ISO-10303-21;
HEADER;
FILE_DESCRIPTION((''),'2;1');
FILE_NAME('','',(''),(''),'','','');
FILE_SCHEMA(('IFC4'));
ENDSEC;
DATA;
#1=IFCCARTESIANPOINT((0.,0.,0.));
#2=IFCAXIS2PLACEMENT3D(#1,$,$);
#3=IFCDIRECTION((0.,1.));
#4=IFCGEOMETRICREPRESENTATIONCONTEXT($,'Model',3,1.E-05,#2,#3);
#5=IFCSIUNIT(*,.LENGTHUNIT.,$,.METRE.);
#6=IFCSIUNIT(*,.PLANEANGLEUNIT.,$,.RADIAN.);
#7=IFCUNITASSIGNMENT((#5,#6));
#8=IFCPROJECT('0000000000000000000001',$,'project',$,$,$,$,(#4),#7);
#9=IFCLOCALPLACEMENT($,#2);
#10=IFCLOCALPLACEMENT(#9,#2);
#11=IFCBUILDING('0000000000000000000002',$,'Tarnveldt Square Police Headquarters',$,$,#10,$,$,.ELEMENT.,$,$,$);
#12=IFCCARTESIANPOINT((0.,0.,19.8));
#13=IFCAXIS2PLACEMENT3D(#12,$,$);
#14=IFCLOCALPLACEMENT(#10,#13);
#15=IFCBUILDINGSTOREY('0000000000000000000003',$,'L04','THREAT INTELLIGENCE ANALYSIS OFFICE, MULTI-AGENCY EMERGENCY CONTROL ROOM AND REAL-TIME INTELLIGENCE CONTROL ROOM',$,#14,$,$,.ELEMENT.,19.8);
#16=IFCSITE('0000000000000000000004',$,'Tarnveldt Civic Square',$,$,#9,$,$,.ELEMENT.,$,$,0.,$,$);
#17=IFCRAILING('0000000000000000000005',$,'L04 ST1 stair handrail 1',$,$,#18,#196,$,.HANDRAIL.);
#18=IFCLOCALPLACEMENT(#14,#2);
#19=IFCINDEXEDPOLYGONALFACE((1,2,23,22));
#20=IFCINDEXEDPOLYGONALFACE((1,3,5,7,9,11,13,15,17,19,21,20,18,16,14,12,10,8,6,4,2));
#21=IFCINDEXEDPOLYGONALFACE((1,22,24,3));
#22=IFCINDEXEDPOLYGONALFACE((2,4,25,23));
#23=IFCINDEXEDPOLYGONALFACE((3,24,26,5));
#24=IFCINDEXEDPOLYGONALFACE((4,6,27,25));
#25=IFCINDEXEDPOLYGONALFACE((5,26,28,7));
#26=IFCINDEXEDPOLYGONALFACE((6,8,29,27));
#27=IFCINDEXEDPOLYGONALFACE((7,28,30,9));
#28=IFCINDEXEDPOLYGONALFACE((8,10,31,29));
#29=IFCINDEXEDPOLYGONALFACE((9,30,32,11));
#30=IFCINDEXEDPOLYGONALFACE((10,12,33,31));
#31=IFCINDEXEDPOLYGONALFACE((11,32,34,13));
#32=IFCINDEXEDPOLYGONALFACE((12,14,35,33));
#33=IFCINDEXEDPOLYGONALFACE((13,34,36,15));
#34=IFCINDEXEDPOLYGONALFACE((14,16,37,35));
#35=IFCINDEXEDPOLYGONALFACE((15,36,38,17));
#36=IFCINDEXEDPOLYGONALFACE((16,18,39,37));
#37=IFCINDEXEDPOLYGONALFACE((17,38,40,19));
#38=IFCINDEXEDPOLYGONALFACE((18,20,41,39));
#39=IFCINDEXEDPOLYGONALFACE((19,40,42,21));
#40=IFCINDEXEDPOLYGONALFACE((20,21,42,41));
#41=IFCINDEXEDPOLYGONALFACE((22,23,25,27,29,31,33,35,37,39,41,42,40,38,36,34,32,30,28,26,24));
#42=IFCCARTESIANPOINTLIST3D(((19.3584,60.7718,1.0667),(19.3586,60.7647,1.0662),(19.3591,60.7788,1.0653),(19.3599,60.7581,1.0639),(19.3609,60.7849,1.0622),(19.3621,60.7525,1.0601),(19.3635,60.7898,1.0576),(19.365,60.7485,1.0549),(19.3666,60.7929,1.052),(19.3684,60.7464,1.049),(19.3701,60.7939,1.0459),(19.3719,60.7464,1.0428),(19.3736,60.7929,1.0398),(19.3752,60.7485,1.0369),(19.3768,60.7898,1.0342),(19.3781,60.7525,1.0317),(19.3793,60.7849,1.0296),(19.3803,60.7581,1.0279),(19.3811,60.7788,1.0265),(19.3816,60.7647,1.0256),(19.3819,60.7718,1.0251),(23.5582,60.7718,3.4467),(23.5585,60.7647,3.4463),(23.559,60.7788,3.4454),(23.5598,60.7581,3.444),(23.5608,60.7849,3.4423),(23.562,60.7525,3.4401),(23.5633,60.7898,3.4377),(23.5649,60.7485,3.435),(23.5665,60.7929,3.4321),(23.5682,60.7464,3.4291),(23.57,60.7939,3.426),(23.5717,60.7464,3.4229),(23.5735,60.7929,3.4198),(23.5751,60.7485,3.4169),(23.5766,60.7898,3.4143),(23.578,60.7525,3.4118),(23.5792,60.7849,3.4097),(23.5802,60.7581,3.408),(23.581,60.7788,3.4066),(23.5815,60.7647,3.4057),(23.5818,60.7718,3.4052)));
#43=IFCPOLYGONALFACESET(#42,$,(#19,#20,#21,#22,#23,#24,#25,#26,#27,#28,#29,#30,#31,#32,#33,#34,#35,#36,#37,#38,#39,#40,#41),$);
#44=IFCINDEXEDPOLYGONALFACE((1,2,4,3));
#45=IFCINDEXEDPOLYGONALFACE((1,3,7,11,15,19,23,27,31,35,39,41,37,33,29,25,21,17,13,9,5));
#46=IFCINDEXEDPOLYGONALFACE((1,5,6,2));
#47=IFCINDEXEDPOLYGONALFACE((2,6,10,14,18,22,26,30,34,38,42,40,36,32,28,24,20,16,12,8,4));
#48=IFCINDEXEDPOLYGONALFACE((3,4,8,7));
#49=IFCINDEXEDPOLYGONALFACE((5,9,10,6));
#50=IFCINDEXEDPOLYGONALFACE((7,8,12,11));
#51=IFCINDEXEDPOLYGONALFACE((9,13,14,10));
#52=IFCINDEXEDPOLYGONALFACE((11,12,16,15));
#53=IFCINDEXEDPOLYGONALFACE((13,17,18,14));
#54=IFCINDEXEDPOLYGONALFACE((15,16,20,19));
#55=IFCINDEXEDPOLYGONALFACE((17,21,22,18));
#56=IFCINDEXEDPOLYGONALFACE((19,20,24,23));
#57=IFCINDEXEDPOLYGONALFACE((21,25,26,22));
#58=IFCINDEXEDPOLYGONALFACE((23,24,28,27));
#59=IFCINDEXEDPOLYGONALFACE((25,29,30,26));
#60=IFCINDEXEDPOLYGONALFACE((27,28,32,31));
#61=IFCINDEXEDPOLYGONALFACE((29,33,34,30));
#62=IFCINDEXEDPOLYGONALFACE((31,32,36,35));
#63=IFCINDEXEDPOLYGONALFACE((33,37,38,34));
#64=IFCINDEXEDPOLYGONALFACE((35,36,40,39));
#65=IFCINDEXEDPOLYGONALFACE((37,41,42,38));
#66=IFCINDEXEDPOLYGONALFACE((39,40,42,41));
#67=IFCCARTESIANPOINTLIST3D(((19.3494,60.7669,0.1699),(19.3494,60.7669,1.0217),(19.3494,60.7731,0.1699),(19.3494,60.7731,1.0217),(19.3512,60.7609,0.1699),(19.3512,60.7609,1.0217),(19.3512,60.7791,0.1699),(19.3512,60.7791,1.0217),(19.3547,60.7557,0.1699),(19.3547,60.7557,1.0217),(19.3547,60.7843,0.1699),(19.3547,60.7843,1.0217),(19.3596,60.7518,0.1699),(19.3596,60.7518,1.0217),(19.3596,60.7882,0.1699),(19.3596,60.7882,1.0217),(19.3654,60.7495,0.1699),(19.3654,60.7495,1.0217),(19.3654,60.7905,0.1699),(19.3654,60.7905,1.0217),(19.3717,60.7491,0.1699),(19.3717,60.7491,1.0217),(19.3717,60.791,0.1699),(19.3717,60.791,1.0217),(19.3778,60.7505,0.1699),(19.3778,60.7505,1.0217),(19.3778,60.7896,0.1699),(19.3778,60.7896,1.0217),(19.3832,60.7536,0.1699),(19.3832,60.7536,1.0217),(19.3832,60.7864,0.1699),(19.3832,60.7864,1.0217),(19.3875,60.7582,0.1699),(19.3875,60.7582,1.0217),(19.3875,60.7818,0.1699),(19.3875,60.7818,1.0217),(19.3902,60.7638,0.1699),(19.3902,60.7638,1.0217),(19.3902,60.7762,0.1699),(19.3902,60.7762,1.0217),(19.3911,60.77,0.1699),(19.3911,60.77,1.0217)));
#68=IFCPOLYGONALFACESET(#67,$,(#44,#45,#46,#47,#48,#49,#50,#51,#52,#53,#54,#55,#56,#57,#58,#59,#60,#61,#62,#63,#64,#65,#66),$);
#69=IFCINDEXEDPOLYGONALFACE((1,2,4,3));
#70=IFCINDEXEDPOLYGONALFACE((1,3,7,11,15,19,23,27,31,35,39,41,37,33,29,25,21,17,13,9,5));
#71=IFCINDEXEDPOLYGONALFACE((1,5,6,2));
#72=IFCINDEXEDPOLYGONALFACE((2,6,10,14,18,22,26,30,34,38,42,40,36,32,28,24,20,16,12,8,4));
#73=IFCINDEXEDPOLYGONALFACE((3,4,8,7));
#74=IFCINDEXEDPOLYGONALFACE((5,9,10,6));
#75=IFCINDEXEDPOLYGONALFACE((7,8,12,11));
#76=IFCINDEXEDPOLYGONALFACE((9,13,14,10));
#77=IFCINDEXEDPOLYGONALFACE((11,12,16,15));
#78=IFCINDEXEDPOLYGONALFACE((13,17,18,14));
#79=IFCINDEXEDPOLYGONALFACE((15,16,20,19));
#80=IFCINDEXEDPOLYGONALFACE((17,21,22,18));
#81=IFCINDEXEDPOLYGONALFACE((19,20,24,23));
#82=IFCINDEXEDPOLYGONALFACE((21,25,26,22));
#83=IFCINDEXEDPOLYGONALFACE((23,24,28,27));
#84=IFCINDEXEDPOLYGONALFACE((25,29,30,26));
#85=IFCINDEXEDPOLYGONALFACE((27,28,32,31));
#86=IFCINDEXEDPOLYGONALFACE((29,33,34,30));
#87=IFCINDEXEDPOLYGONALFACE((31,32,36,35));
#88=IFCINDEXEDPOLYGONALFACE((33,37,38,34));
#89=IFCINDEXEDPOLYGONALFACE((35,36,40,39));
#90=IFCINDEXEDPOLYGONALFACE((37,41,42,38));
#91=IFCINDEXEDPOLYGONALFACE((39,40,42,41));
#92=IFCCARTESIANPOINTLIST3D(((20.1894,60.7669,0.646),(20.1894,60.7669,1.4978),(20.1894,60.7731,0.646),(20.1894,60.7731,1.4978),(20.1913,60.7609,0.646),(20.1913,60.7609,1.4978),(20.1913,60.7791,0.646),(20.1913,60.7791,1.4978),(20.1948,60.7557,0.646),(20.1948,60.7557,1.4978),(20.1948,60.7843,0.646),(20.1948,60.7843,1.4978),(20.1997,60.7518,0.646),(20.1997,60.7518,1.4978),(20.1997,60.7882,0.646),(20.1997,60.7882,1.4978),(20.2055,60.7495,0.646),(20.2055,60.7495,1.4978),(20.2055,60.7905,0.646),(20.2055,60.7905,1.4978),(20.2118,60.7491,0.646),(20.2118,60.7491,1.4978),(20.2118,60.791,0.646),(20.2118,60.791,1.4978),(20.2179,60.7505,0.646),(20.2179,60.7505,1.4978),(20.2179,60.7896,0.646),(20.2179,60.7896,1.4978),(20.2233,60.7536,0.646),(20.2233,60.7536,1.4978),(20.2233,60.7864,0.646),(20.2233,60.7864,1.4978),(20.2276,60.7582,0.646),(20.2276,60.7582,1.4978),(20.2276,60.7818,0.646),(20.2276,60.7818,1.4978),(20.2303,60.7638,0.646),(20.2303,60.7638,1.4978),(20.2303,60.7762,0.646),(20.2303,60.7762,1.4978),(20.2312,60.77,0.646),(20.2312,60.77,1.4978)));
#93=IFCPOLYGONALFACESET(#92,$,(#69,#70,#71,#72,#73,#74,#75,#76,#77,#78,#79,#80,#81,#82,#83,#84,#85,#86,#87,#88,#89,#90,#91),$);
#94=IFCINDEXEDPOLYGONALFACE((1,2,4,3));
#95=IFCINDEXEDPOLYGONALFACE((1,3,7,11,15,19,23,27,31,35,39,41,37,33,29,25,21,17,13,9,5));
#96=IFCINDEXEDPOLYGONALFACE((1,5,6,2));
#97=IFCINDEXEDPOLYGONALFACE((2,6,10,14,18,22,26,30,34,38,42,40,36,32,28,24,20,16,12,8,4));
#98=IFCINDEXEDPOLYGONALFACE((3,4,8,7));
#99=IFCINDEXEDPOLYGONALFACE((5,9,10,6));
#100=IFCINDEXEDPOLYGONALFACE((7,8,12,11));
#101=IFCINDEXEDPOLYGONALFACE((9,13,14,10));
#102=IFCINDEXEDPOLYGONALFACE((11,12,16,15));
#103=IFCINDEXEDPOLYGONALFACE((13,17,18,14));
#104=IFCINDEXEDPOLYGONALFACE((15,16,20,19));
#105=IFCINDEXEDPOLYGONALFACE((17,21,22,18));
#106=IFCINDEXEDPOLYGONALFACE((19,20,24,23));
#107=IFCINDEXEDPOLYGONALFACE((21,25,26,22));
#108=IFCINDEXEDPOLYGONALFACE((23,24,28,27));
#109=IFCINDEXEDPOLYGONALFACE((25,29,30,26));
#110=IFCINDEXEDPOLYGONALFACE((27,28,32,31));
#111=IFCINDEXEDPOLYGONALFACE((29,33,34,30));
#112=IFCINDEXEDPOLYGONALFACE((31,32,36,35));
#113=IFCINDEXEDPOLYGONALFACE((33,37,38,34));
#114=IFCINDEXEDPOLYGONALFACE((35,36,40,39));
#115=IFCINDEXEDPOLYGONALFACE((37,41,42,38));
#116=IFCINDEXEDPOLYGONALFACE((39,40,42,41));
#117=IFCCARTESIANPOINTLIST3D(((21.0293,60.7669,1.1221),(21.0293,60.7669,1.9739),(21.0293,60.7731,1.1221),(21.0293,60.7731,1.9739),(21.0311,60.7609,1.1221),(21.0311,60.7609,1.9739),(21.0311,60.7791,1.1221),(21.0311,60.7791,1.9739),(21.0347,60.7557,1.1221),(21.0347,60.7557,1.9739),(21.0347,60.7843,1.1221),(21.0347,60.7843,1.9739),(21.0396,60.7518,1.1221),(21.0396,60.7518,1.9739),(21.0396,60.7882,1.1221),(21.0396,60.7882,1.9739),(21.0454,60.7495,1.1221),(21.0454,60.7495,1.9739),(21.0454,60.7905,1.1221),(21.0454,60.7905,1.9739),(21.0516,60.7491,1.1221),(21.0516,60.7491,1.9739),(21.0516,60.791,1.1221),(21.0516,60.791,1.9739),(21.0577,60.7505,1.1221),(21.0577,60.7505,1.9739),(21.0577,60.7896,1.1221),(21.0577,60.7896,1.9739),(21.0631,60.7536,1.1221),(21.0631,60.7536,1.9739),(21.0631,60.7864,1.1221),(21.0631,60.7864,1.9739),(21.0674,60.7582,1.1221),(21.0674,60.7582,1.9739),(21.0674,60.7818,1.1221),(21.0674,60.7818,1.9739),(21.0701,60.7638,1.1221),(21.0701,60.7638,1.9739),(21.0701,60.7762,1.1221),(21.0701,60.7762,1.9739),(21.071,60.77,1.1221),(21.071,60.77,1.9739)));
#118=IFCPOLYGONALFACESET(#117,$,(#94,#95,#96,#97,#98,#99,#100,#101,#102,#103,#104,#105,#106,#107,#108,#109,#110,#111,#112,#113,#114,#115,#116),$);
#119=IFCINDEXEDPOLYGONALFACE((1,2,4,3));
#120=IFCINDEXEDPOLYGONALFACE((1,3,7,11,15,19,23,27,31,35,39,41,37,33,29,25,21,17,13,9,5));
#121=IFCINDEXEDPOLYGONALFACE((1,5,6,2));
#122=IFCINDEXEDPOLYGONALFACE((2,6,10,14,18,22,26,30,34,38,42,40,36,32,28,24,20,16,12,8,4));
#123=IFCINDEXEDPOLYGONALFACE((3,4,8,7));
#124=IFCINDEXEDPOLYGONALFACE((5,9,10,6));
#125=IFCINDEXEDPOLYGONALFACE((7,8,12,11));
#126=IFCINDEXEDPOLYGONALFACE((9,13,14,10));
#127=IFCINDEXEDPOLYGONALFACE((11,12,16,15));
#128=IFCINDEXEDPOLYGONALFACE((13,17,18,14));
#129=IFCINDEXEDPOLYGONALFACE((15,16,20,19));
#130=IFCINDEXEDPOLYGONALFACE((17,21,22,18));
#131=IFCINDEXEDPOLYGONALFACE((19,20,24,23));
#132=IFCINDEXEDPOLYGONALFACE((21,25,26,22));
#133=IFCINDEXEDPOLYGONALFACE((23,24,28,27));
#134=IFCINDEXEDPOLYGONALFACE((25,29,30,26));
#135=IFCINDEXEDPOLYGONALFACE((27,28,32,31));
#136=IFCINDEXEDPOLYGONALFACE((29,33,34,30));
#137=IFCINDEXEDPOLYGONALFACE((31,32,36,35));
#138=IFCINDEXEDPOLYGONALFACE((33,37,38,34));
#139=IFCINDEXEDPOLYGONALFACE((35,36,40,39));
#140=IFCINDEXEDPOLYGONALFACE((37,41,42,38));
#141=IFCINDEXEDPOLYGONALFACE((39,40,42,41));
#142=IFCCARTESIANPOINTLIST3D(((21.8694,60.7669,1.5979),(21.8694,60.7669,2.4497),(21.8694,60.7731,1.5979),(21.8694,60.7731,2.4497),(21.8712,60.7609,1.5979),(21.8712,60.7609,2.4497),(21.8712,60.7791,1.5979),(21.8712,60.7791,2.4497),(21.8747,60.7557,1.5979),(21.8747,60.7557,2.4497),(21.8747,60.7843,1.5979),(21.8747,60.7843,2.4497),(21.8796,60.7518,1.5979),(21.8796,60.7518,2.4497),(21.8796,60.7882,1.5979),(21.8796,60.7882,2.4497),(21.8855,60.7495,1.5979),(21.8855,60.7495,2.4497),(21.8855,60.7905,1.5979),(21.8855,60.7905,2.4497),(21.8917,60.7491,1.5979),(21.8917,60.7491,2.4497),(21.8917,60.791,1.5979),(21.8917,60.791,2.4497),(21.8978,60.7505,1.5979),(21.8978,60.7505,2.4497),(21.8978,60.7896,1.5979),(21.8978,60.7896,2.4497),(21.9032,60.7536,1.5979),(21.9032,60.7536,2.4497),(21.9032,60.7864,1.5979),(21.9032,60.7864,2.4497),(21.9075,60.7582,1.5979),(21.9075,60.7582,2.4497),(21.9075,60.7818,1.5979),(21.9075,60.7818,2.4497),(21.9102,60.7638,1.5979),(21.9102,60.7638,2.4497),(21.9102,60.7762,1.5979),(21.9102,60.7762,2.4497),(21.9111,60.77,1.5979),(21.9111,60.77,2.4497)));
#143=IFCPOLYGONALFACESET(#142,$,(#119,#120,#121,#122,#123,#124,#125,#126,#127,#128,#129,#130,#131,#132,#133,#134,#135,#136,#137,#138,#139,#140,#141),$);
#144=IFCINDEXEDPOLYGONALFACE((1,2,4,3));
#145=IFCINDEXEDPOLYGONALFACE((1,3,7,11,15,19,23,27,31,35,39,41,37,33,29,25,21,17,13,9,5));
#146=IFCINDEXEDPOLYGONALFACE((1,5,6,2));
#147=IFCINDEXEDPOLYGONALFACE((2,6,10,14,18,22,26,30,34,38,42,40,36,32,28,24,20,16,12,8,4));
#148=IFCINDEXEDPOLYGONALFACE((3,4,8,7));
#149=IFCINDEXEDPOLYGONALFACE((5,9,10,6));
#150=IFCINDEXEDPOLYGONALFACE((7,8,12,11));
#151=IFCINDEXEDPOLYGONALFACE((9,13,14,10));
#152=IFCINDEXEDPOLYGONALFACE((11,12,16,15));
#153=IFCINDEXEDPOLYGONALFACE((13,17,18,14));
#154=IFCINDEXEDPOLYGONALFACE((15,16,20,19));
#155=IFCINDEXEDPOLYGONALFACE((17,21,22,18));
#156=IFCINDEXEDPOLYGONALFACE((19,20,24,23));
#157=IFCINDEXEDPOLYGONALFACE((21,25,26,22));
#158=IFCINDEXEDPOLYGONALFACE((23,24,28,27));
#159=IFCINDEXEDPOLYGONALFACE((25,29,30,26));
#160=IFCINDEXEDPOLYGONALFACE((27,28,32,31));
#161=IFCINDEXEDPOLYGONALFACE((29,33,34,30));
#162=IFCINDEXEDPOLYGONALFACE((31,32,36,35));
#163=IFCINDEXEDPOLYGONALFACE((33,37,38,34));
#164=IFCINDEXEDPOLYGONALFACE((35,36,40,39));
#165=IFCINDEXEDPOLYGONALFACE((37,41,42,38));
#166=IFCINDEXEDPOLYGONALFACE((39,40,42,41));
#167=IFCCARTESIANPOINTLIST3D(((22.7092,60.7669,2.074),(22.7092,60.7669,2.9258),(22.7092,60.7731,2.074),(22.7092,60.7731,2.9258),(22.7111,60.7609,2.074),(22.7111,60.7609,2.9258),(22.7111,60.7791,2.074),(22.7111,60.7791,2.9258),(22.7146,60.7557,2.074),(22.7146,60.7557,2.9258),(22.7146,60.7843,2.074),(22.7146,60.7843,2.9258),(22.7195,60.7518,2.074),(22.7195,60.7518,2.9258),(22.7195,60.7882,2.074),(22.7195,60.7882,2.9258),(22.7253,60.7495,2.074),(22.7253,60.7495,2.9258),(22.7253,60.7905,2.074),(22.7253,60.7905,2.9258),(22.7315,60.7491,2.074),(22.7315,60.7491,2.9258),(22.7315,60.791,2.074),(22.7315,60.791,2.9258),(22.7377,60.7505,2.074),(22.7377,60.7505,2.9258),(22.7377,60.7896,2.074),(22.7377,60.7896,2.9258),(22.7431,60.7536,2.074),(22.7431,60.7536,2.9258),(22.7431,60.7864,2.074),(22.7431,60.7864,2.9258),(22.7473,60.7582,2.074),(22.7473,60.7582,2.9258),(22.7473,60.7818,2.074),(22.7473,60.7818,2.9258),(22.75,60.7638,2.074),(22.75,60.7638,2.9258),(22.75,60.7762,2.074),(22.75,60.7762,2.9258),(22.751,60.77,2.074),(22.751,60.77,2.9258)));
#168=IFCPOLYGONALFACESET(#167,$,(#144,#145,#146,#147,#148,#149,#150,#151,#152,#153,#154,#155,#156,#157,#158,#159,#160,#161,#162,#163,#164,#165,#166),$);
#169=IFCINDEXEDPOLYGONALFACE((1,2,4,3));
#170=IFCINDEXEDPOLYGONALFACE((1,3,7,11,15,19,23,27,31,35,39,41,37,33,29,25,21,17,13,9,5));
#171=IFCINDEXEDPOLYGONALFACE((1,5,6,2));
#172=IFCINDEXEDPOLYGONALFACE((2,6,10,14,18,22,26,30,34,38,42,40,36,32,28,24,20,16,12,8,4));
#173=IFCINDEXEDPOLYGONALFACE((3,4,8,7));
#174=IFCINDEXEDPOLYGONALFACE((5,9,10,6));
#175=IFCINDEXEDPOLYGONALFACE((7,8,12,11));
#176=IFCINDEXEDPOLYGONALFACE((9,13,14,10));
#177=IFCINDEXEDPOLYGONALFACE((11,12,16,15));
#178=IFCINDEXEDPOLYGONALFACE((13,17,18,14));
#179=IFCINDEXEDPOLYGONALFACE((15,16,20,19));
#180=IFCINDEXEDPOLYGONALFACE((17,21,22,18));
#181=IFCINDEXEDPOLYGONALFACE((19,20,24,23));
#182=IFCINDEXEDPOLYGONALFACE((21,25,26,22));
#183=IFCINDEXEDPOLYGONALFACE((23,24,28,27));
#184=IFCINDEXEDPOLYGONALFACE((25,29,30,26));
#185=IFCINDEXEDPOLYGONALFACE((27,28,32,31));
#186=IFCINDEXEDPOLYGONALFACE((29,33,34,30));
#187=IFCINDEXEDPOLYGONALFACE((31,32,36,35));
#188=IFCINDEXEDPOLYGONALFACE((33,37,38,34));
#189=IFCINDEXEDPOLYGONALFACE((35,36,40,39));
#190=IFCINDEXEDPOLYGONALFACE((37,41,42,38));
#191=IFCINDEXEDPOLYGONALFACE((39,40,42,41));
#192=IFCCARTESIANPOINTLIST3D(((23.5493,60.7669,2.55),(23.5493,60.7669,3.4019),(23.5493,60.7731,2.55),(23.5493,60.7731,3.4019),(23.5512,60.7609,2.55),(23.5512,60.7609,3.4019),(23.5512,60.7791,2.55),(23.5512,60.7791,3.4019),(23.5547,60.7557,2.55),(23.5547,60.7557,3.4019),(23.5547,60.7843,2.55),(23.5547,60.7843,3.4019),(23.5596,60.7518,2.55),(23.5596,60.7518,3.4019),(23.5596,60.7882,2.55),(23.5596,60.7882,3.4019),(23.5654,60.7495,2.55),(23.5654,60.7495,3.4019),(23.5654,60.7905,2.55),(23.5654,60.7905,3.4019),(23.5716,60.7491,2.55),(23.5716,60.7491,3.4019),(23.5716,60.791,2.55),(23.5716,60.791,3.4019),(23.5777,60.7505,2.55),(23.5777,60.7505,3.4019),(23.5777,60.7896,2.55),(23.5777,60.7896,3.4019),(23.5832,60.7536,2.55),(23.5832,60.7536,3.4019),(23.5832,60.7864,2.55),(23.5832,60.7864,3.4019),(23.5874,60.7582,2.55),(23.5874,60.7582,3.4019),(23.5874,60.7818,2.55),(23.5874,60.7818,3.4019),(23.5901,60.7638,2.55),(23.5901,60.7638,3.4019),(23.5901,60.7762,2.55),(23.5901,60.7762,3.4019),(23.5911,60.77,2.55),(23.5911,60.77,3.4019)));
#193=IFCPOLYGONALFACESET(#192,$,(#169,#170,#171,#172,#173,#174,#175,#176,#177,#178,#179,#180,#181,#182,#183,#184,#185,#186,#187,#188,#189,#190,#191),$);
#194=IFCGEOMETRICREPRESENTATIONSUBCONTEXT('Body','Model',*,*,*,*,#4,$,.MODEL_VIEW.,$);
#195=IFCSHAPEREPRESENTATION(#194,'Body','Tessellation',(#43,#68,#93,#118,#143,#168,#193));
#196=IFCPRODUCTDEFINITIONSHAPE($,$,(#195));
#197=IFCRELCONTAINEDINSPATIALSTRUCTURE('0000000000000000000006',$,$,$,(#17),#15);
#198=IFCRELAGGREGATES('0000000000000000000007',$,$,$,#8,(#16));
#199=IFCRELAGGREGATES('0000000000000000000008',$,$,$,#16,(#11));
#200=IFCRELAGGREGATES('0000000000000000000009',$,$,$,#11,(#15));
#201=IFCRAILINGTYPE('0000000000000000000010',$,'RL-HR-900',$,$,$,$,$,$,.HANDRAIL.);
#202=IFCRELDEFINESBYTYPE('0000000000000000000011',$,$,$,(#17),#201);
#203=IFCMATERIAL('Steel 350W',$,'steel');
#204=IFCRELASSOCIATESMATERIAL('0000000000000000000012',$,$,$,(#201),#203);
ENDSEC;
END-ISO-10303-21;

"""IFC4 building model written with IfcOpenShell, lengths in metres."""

from ifc_helpers import new_model, si_unit, direction, frame, origin, origin_2d, place, context, subcontext, project, spatial, circle, extrude, material, type_object, element, save


model = new_model("IFC4")

# Units and contexts
model_context = context("Model", 3, precision=1e-05, world=origin(), true_north=direction((0.0, 1.0)))
body_context = subcontext(model_context, "Body", "Model", "MODEL_VIEW")
ifc_project = project(units=[si_unit("LENGTHUNIT", "METRE"), si_unit("PLANEANGLEUNIT", "RADIAN")], contexts=[model_context])

# Site, building, storey
site_placement = place(None, origin())
site = spatial("IfcSite", under=ifc_project, at=site_placement, Name="Tarnveldt Civic Square", CompositionType="ELEMENT", RefElevation=0.0)
building_placement = place(site_placement, origin())
building = spatial("IfcBuilding", under=site, at=building_placement, Name="Tarnveldt Square Police Headquarters", CompositionType="ELEMENT")
storey_placement = place(building_placement, frame((0.0, 0.0, 19.8)))
storey = spatial("IfcBuildingStorey", under=building, at=storey_placement, Name="L04", Description="THREAT INTELLIGENCE ANALYSIS OFFICE, MULTI-AGENCY EMERGENCY CONTROL ROOM AND REAL-TIME INTELLIGENCE CONTROL ROOM", CompositionType="ELEMENT", Elevation=19.8)

# Shared definitions
ifc_material_1 = material(Name="Steel 350W", Category="steel")

# Railing
railing_type_1 = type_object("IfcRailingType", Name="RL-HR-900", PredefinedType="HANDRAIL", material=ifc_material_1)
railing_1_placement = place(storey_placement, frame((19.3701, 60.77, 0.1699)))
element("IfcRailing", 1, at=railing_1_placement, inside=storey, type_object=railing_type_1, Name="L04 ST1 stair handrail 1", PredefinedType="HANDRAIL", context=body_context, shape_type="SweptSolid", body=[
    extrude(circle(Radius=0.0239, at=origin_2d()), frame((0.0, 0.0, 0.876), z_axis=(0.870008, 0.0, 0.493037), x_axis=(0.0, 1.0, 0.0)), (0.0, 0.0, 1.0), 4.8274),
    extrude(circle(Radius=0.021, at=origin_2d()), origin(), (0.0, 0.0, 1.0), 0.8518),
    extrude(circle(Radius=0.021, at=origin_2d()), frame((0.8401, 0.0, 0.4761)), (0.0, 0.0, 1.0), 0.8518),
    extrude(circle(Radius=0.021, at=origin_2d()), frame((1.6799, 0.0, 0.9521)), (0.0, 0.0, 1.0), 0.8518),
    extrude(circle(Radius=0.021, at=origin_2d()), frame((2.52, 0.0, 1.428)), (0.0, 0.0, 1.0), 0.8518),
    extrude(circle(Radius=0.021, at=origin_2d()), frame((3.3599, 0.0, 1.9041)), (0.0, 0.0, 1.0), 0.8518),
    extrude(circle(Radius=0.021, at=origin_2d()), frame((4.2, 0.0, 2.3801)), (0.0, 0.0, 1.0), 0.8518),
])

save(model, "model.ifc")
